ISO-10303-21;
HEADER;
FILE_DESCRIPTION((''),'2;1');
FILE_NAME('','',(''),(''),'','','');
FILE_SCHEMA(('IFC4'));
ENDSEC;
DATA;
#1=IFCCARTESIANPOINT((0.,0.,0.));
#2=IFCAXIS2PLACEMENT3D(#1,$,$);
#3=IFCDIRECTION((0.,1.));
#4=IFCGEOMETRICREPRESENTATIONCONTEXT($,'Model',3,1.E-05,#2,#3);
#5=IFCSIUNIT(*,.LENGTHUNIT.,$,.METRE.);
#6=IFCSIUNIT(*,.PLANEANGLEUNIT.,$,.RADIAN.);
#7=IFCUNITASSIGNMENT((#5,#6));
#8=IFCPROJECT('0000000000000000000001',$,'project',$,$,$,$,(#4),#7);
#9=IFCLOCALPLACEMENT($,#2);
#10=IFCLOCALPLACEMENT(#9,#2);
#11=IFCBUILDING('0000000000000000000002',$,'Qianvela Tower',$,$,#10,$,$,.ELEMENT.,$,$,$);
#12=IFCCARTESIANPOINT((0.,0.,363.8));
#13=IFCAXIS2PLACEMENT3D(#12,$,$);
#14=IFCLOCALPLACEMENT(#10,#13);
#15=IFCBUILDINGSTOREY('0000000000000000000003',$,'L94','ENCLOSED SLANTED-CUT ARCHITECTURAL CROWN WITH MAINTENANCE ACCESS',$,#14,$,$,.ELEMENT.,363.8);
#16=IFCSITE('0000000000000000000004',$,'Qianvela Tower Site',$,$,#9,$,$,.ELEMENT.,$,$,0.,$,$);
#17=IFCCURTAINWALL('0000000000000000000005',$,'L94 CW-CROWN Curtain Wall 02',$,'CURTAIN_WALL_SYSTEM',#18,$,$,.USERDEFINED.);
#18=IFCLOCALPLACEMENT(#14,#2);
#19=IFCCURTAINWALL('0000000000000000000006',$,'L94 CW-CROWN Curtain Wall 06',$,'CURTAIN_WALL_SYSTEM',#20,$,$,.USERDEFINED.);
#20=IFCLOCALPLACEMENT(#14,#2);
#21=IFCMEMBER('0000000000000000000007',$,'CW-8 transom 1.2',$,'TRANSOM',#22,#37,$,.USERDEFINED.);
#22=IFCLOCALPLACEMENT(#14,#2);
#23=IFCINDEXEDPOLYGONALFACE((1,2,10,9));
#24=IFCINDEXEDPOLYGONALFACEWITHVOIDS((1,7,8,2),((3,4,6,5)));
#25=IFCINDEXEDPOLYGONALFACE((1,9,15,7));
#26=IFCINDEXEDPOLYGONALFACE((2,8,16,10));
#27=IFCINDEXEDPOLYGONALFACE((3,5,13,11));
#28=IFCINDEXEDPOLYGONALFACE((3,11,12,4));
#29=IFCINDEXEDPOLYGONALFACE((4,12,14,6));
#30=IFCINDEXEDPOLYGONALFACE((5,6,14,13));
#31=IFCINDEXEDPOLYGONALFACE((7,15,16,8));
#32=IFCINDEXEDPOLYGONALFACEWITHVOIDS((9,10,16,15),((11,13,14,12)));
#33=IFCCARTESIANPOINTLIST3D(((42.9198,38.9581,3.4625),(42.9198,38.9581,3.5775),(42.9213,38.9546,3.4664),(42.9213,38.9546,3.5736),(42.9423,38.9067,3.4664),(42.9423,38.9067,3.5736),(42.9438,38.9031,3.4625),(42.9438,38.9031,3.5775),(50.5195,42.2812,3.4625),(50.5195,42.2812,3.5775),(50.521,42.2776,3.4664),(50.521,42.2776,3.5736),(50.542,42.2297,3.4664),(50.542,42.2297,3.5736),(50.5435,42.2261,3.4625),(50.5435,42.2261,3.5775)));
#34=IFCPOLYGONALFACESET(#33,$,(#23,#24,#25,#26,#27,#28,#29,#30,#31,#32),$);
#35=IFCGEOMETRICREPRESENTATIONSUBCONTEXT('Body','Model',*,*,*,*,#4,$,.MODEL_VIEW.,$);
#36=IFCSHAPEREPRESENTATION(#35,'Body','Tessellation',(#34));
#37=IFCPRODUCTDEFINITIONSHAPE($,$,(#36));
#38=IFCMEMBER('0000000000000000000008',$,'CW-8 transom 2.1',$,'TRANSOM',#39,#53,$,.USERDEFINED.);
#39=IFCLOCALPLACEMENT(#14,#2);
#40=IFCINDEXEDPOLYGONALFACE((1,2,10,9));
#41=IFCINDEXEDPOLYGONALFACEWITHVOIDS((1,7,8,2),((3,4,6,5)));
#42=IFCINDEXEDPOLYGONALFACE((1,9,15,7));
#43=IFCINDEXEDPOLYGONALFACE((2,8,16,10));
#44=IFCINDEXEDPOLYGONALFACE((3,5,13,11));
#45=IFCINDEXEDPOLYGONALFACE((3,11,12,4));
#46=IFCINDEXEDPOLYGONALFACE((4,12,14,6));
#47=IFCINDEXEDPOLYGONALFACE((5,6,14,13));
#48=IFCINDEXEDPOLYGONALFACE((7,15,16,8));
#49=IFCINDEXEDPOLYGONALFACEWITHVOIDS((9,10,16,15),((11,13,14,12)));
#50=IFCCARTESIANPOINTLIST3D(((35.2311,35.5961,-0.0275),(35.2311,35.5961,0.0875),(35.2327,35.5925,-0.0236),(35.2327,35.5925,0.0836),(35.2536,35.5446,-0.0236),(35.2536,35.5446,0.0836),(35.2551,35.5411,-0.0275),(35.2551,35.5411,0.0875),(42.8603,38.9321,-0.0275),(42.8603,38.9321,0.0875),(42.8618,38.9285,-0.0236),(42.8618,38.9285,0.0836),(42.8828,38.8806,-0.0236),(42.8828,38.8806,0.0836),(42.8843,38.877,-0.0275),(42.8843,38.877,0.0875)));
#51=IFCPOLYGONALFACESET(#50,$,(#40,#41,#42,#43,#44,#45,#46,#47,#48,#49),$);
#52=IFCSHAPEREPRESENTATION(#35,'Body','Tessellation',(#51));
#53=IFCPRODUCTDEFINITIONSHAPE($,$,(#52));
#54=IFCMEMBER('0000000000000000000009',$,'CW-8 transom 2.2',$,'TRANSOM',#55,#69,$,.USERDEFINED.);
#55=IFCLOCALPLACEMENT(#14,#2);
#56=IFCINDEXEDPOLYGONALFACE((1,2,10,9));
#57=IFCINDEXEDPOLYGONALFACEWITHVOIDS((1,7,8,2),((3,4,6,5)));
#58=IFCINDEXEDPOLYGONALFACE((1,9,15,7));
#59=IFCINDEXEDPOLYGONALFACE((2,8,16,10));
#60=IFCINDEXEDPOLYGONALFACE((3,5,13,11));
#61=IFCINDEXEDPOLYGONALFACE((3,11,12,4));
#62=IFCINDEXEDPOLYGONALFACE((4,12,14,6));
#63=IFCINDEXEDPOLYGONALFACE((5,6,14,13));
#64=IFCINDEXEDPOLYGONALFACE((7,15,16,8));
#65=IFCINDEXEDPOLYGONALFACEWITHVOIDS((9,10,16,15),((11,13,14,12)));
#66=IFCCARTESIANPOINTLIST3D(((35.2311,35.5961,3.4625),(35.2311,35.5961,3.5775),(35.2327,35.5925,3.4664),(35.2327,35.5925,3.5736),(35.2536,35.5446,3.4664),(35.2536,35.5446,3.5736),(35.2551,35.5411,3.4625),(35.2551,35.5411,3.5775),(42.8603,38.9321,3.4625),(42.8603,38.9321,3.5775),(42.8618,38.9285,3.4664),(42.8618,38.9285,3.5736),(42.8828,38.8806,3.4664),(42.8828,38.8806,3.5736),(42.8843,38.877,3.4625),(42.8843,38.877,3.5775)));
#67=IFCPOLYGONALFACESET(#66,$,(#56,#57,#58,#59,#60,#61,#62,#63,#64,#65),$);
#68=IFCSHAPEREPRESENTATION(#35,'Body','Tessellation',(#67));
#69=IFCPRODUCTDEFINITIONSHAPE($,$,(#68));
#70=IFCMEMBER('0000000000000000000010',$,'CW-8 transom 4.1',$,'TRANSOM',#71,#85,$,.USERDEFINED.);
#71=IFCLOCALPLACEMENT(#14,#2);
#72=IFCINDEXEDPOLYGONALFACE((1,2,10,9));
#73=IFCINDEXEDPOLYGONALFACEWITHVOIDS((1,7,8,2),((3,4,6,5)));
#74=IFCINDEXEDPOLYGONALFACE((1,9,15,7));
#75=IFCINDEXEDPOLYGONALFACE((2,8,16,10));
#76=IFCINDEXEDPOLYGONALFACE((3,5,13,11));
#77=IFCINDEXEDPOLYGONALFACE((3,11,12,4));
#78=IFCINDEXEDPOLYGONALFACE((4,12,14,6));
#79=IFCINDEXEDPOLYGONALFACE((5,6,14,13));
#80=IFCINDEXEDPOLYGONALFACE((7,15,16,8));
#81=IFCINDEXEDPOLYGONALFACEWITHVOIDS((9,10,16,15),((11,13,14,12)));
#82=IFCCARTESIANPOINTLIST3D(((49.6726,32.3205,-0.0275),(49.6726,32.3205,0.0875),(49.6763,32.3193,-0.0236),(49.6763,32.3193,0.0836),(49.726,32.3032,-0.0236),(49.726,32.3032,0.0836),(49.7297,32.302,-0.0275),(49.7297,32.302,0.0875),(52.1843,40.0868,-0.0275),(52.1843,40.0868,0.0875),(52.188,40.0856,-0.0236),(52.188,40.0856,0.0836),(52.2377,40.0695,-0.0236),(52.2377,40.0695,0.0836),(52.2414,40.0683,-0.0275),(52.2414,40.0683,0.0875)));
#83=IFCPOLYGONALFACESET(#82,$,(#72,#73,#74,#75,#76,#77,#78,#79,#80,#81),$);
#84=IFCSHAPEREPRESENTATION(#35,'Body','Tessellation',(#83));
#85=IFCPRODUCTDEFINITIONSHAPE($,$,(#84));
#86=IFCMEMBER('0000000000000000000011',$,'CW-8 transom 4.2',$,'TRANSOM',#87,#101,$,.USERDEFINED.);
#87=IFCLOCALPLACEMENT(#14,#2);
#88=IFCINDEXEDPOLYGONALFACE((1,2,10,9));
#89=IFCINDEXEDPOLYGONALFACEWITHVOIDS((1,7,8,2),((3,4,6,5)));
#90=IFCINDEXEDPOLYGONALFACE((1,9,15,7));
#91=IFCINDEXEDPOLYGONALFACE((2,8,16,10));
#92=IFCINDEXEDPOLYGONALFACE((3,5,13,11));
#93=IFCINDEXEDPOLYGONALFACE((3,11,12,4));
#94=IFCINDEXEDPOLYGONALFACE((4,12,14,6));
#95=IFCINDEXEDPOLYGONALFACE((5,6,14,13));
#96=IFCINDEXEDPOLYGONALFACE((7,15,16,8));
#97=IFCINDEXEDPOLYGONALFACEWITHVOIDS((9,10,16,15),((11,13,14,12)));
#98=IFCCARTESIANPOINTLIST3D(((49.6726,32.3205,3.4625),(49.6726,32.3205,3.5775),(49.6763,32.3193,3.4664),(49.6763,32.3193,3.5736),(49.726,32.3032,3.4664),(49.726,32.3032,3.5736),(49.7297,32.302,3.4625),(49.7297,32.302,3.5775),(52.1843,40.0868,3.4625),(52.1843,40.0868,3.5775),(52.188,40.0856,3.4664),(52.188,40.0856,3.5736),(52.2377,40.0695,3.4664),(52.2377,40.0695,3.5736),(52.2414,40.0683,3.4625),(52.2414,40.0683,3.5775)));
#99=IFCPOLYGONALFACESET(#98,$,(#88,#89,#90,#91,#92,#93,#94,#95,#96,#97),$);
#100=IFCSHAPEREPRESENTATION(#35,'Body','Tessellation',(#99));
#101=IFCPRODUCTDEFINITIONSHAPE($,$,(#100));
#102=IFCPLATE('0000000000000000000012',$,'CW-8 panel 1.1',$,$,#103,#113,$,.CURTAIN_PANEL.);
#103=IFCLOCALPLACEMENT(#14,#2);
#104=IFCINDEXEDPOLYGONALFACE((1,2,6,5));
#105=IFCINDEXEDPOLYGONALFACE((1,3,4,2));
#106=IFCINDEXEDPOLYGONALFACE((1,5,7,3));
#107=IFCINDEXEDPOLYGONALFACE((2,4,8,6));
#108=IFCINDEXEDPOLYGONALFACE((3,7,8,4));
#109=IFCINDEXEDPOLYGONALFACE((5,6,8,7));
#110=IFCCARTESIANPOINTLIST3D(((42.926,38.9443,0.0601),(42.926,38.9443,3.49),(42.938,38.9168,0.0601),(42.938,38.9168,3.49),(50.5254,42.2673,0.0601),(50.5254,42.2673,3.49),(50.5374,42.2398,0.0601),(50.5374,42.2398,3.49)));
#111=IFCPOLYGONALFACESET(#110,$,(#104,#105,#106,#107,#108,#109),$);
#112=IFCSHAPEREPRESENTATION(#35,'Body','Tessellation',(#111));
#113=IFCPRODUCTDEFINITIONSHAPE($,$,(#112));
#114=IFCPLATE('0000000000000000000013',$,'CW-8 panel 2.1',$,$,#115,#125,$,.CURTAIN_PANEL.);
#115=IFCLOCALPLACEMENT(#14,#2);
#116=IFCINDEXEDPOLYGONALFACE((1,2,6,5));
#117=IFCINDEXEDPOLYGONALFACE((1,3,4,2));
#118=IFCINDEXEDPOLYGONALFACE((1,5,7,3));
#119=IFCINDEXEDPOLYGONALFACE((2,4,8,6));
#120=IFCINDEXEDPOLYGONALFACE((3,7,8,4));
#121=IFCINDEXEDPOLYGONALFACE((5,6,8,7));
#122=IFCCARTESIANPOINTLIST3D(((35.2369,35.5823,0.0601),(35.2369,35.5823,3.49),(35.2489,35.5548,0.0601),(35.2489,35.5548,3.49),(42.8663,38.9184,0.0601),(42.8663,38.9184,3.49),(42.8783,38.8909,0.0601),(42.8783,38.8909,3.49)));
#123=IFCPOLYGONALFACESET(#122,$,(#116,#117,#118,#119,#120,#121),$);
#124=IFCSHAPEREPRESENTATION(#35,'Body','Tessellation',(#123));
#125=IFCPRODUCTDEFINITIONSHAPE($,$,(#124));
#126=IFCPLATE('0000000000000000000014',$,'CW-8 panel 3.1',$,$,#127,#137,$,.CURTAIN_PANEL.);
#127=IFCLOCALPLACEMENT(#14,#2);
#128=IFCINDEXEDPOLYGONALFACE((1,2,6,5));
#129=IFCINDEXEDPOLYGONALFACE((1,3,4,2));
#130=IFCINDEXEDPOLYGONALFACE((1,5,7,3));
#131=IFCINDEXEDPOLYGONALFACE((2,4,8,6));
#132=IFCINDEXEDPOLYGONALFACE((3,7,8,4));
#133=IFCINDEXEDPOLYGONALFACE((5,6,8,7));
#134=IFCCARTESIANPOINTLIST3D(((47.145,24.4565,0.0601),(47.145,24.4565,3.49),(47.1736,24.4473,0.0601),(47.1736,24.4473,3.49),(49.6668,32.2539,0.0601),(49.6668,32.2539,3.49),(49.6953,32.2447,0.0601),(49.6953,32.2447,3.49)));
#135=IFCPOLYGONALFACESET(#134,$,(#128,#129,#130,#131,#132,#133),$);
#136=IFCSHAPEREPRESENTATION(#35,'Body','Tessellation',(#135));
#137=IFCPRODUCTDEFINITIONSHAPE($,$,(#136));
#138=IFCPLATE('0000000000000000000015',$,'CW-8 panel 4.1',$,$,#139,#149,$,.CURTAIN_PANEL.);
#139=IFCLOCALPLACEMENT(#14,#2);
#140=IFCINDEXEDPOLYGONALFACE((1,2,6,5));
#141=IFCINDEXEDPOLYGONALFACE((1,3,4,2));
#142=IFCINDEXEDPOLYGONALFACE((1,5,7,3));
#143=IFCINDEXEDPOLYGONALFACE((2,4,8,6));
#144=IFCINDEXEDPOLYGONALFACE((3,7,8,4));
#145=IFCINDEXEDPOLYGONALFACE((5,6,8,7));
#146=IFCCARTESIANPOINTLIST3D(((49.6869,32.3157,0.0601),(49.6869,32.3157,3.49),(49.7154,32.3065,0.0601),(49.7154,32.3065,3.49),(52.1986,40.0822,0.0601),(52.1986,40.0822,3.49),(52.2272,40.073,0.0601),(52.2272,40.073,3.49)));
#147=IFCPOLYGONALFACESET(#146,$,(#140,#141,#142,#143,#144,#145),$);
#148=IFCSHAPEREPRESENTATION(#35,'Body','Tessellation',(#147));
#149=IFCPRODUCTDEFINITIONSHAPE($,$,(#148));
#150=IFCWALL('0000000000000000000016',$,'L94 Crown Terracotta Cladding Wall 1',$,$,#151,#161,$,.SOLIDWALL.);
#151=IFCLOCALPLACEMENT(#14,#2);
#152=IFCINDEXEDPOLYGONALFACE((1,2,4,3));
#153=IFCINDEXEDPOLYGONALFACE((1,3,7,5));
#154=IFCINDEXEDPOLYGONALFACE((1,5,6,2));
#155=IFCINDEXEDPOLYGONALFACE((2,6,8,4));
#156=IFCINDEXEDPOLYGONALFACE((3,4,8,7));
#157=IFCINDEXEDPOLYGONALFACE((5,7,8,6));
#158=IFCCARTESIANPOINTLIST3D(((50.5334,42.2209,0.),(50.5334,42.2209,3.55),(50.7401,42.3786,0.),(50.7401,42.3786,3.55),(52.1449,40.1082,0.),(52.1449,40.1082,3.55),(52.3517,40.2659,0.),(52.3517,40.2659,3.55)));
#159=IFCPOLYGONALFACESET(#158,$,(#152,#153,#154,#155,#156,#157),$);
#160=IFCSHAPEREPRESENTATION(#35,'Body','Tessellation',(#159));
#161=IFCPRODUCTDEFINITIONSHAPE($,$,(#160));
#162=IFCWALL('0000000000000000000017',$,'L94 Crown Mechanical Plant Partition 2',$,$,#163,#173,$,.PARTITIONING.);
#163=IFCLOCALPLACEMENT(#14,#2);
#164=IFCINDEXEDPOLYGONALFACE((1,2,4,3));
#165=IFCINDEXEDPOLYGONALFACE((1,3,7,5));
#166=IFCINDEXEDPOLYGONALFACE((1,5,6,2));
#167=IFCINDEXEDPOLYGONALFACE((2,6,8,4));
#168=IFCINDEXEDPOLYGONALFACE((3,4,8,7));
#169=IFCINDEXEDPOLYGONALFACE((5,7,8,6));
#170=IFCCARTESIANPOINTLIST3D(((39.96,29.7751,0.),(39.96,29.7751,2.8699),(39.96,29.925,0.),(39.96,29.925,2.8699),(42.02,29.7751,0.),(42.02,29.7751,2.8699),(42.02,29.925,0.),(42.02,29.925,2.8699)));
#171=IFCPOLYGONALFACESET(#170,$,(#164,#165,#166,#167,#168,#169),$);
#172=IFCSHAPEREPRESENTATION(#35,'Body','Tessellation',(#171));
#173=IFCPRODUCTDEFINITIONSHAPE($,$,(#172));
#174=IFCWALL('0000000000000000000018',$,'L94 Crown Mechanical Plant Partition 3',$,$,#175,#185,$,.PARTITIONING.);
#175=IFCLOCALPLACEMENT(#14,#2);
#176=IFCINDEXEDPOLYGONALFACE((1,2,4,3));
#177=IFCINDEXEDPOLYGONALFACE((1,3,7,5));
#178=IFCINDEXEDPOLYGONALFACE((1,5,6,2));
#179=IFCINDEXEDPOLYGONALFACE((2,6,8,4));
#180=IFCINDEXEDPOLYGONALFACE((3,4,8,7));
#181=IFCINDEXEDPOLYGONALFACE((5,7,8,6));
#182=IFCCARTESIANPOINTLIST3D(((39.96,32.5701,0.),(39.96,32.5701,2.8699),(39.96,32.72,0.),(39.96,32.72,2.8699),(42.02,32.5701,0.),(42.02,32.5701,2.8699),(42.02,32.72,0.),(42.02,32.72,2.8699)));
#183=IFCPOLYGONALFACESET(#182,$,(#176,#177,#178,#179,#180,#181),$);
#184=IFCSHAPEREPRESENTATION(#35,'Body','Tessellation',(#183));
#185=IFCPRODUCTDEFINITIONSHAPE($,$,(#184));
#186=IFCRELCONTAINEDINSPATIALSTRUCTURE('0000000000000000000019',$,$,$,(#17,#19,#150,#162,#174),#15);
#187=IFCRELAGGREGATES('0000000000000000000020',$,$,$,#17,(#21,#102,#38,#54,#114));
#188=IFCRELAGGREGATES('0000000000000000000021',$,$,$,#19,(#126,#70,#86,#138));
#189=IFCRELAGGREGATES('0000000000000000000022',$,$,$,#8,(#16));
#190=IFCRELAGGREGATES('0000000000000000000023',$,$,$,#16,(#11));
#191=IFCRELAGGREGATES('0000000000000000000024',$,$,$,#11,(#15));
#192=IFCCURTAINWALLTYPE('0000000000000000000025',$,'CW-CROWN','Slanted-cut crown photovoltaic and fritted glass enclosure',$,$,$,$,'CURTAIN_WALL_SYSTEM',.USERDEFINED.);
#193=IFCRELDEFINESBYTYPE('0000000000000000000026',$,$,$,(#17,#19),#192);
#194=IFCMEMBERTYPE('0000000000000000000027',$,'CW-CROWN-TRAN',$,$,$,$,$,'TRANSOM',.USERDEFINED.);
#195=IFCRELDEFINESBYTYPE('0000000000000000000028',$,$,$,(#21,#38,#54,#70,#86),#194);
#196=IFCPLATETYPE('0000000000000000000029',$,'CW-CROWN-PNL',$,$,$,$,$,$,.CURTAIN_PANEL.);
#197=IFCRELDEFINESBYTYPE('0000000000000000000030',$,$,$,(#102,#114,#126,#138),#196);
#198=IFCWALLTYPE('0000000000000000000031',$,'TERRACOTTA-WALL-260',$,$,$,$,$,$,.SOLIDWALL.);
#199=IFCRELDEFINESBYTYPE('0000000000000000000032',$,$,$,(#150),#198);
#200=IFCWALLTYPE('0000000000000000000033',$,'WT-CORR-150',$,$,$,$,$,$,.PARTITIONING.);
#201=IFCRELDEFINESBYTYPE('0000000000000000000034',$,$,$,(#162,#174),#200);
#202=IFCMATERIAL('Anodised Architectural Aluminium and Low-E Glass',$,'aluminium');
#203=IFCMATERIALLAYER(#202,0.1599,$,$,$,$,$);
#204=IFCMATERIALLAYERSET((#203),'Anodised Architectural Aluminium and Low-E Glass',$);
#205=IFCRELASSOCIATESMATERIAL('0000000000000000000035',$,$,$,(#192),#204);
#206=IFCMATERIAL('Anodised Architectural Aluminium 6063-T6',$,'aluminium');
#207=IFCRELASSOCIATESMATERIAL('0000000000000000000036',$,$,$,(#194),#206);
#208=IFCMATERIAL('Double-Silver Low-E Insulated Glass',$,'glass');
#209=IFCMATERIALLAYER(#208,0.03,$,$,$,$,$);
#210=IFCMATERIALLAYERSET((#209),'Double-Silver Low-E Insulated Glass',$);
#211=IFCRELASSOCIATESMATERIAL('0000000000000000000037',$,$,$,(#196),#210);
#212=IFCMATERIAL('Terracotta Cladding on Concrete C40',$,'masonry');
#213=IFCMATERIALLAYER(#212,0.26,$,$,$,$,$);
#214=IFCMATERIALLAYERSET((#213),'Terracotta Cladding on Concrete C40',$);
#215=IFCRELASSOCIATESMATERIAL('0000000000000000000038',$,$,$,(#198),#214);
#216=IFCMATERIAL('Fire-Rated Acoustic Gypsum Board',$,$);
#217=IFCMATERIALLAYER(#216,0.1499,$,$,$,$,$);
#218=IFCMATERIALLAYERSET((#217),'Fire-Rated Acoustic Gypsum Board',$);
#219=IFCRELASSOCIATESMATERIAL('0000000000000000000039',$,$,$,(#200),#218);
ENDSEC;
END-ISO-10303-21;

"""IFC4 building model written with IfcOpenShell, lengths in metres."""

from ifc_helpers import new_model, si_unit, direction, frame, frame_2d, origin, origin_2d, place, context, subcontext, project, spatial, rectangle, hollow_rectangle, extrude, material, layer, layer_set, material_profile, profile_set, type_object, element, aggregate, save


model = new_model("IFC4")

# Units and contexts
model_context = context("Model", 3, precision=1e-05, world=origin(), true_north=direction((0.0, 1.0)))
body_context = subcontext(model_context, "Body", "Model", "MODEL_VIEW")
ifc_project = project(units=[si_unit("LENGTHUNIT", "METRE"), si_unit("PLANEANGLEUNIT", "RADIAN")], contexts=[model_context])

# Site, building, storey
site_placement = place(None, origin())
site = spatial("IfcSite", under=ifc_project, at=site_placement, Name="Qianvela Tower Site", CompositionType="ELEMENT", RefElevation=0.0)
building_placement = place(site_placement, origin())
building = spatial("IfcBuilding", under=site, at=building_placement, Name="Qianvela Tower", CompositionType="ELEMENT")
storey_placement = place(building_placement, frame((0.0, 0.0, 363.8)))
storey = spatial("IfcBuildingStorey", under=building, at=storey_placement, Name="L94", Description="ENCLOSED SLANTED-CUT ARCHITECTURAL CROWN WITH MAINTENANCE ACCESS", CompositionType="ELEMENT", Elevation=363.8)

# Curtain walls
ifc_material_1 = material(Name="Anodised Architectural Aluminium and Low-E Glass", Category="aluminium")
ifc_layer_1 = layer(ifc_material_1, 0.1599)
ifc_layer_set_1 = layer_set([ifc_layer_1], Name="Anodised Architectural Aluminium and Low-E Glass")
curtain_wall_type = type_object("IfcCurtainWallType", Name="CW-CROWN", Description="Slanted-cut crown photovoltaic and fritted glass enclosure", ElementType="CURTAIN_WALL_SYSTEM", PredefinedType="USERDEFINED", material=ifc_layer_set_1)
curtain_wall_1_placement = place(storey_placement, origin())
curtain_wall_1 = element("IfcCurtainWall", 1, at=curtain_wall_1_placement, inside=storey, type_object=curtain_wall_type, Name="L94 CW-CROWN Curtain Wall 02", ObjectType="CURTAIN_WALL_SYSTEM", PredefinedType="USERDEFINED")
curtain_wall_2_placement = place(storey_placement, origin())
curtain_wall_2 = element("IfcCurtainWall", 2, at=curtain_wall_2_placement, inside=storey, type_object=curtain_wall_type, Name="L94 CW-CROWN Curtain Wall 06", ObjectType="CURTAIN_WALL_SYSTEM", PredefinedType="USERDEFINED")

# Members
ifc_material_2 = material(Name="Anodised Architectural Aluminium 6063-T6", Category="aluminium")
ifc_material_profile_1 = material_profile(ifc_material_2, hollow_rectangle(XDim=0.0601, YDim=0.115, WallThickness=0.0039, at=origin_2d()), Name="ALU-TRAN-60x115")
ifc_profile_set_1 = profile_set([ifc_material_profile_1], Name="Anodised Architectural Aluminium 6063-T6")
member_type_1 = type_object("IfcMemberType", Name="CW-CROWN-TRAN", ElementType="TRANSOM", PredefinedType="USERDEFINED", material=ifc_profile_set_1)
member_1_placement = place(storey_placement, frame((50.5315, 42.2537, 3.52), z_axis=(-0.916238, -0.400634, 0.0), x_axis=(0.400634, -0.916238, 0.0)))
member_1 = element("IfcMember", 3, at=member_1_placement, type_object=member_type_1, Name="CW-8 transom 1.2", ObjectType="TRANSOM", PredefinedType="USERDEFINED", context=body_context, shape_type="SweptSolid", body=[
    extrude(hollow_rectangle(XDim=0.0601, YDim=0.115, WallThickness=0.0039, at=origin_2d()), origin(), (0.0, 0.0, 1.0), 8.2944),
])
member_2_placement = place(storey_placement, frame((42.8723, 38.9045, 0.03), z_axis=(-0.916237, -0.400636, 0.0), x_axis=(0.400636, -0.916237, 0.0)))
member_2 = element("IfcMember", 4, at=member_2_placement, type_object=member_type_1, Name="CW-8 transom 2.1", ObjectType="TRANSOM", PredefinedType="USERDEFINED", context=body_context, shape_type="SweptSolid", body=[
    extrude(hollow_rectangle(XDim=0.0601, YDim=0.115, WallThickness=0.0039, at=origin_2d()), origin(), (0.0, 0.0, 1.0), 8.3267),
])
member_3_placement = place(storey_placement, frame((42.8723, 38.9045, 3.52), z_axis=(-0.916237, -0.400636, 0.0), x_axis=(0.400636, -0.916237, 0.0)))
member_3 = element("IfcMember", 5, at=member_3_placement, type_object=member_type_1, Name="CW-8 transom 2.2", ObjectType="TRANSOM", PredefinedType="USERDEFINED", context=body_context, shape_type="SweptSolid", body=[
    extrude(hollow_rectangle(XDim=0.0601, YDim=0.115, WallThickness=0.0039, at=origin_2d()), origin(), (0.0, 0.0, 1.0), 8.3267),
])
member_4_placement = place(storey_placement, frame((49.7012, 32.3113, 0.03), z_axis=(0.307718, 0.951478, 0.0), x_axis=(-0.951478, 0.307718, 0.0)))
member_4 = element("IfcMember", 6, at=member_4_placement, type_object=member_type_1, Name="CW-8 transom 4.1", ObjectType="TRANSOM", PredefinedType="USERDEFINED", context=body_context, shape_type="SweptSolid", body=[
    extrude(hollow_rectangle(XDim=0.0601, YDim=0.115, WallThickness=0.0039, at=origin_2d()), origin(), (0.0, 0.0, 1.0), 8.1624),
])
member_5_placement = place(storey_placement, frame((49.7012, 32.3113, 3.52), z_axis=(0.307718, 0.951478, 0.0), x_axis=(-0.951478, 0.307718, 0.0)))
member_5 = element("IfcMember", 7, at=member_5_placement, type_object=member_type_1, Name="CW-8 transom 4.2", ObjectType="TRANSOM", PredefinedType="USERDEFINED", context=body_context, shape_type="SweptSolid", body=[
    extrude(hollow_rectangle(XDim=0.0601, YDim=0.115, WallThickness=0.0039, at=origin_2d()), origin(), (0.0, 0.0, 1.0), 8.1624),
])

# Plates
ifc_material_3 = material(Name="Double-Silver Low-E Insulated Glass", Category="glass")
ifc_layer_2 = layer(ifc_material_3, 0.03)
ifc_layer_set_2 = layer_set([ifc_layer_2], Name="Double-Silver Low-E Insulated Glass")
plate_type = type_object("IfcPlateType", Name="CW-CROWN-PNL", PredefinedType="CURTAIN_PANEL", material=ifc_layer_set_2)
plate_1_placement = place(storey_placement, frame((46.7317, 40.592, 0.0601), z_axis=(0.0, 0.0, 1.0), x_axis=(-0.916235, -0.400642, 0.0)))
plate_1 = element("IfcPlate", 8, at=plate_1_placement, type_object=plate_type, Name="CW-8 panel 1.1", PredefinedType="CURTAIN_PANEL", context=body_context, shape_type="SweptSolid", body=[
    extrude(rectangle(XDim=8.2942, YDim=0.03, at=origin_2d()), origin(), (0.0, 0.0, 1.0), 3.4299),
])
plate_2_placement = place(storey_placement, frame((39.0576, 37.2366, 0.0601), z_axis=(0.0, 0.0, 1.0), x_axis=(-0.916235, -0.400642, 0.0)))
plate_2 = element("IfcPlate", 9, at=plate_2_placement, type_object=plate_type, Name="CW-8 panel 2.1", PredefinedType="CURTAIN_PANEL", context=body_context, shape_type="SweptSolid", body=[
    extrude(rectangle(XDim=8.3269, YDim=0.03, at=origin_2d()), origin(), (0.0, 0.0, 1.0), 3.4299),
])
aggregate(curtain_wall_1, [member_1, plate_1, member_2, member_3, plate_2])
plate_3_placement = place(storey_placement, frame((48.4202, 28.3506, 0.0601), z_axis=(0.0, 0.0, 1.0), x_axis=(0.307717, 0.951478, 0.0)))
plate_3 = element("IfcPlate", 10, at=plate_3_placement, type_object=plate_type, Name="CW-8 panel 3.1", PredefinedType="CURTAIN_PANEL", context=body_context, shape_type="SweptSolid", body=[
    extrude(rectangle(XDim=8.1951, YDim=0.03, at=origin_2d()), origin(), (0.0, 0.0, 1.0), 3.4299),
])
plate_4_placement = place(storey_placement, frame((50.957, 36.1943, 0.0601), z_axis=(0.0, 0.0, 1.0), x_axis=(0.307717, 0.951478, 0.0)))
plate_4 = element("IfcPlate", 11, at=plate_4_placement, type_object=plate_type, Name="CW-8 panel 4.1", PredefinedType="CURTAIN_PANEL", context=body_context, shape_type="SweptSolid", body=[
    extrude(rectangle(XDim=8.1626, YDim=0.03, at=origin_2d()), origin(), (0.0, 0.0, 1.0), 3.4299),
])
aggregate(curtain_wall_2, [plate_3, member_4, member_5, plate_4])

# Wall
ifc_material_4 = material(Name="Terracotta Cladding on Concrete C40", Category="masonry")
ifc_layer_3 = layer(ifc_material_4, 0.26)
ifc_layer_set_3 = layer_set([ifc_layer_3], Name="Terracotta Cladding on Concrete C40")
wall_type_1 = type_object("IfcWallType", Name="TERRACOTTA-WALL-260", PredefinedType="SOLIDWALL", material=ifc_layer_set_3)
wall_1_placement = place(storey_placement, frame((52.2483, 40.187, 0.0), z_axis=(0.0, 0.0, 1.0), x_axis=(-0.606478, 0.7951, 0.0)))
element("IfcWall", 12, at=wall_1_placement, inside=storey, type_object=wall_type_1, Name="L94 Crown Terracotta Cladding Wall 1", PredefinedType="SOLIDWALL", context=body_context, shape_type="SweptSolid", body=[
    extrude(rectangle(XDim=2.6572, YDim=0.26, at=frame_2d((1.3286, 0.0))), origin(), (0.0, 0.0, 1.0), 3.55),
])

# Shared definitions
ifc_material_5 = material(Name="Fire-Rated Acoustic Gypsum Board")
ifc_layer_4 = layer(ifc_material_5, 0.1499)
ifc_layer_set_4 = layer_set([ifc_layer_4], Name="Fire-Rated Acoustic Gypsum Board")
wall_type_2 = type_object("IfcWallType", Name="WT-CORR-150", PredefinedType="PARTITIONING", material=ifc_layer_set_4)

# Walls
for number, where, z_axis, x_axis, name in (
    (13, (39.96, 29.8501, 0.0), (0.0, 0.0, 1.0), (1.0, 0.0, 0.0), "L94 Crown Mechanical Plant Partition 2"),
    (14, (39.96, 32.645, 0.0), (0.0, 0.0, 1.0), (1.0, 0.0, 0.0), "L94 Crown Mechanical Plant Partition 3"),
):
    element("IfcWall", number, at=place(storey_placement, frame(where, z_axis=z_axis, x_axis=x_axis)), inside=storey, type_object=wall_type_2, Name=name, PredefinedType="PARTITIONING", context=body_context, shape_type="SweptSolid", body=[
        extrude(rectangle(XDim=2.0601, YDim=0.1499, at=frame_2d((1.03, 0.0))), origin(), (0.0, 0.0, 1.0), 2.8699),
    ])

save(model, "model.ifc")
